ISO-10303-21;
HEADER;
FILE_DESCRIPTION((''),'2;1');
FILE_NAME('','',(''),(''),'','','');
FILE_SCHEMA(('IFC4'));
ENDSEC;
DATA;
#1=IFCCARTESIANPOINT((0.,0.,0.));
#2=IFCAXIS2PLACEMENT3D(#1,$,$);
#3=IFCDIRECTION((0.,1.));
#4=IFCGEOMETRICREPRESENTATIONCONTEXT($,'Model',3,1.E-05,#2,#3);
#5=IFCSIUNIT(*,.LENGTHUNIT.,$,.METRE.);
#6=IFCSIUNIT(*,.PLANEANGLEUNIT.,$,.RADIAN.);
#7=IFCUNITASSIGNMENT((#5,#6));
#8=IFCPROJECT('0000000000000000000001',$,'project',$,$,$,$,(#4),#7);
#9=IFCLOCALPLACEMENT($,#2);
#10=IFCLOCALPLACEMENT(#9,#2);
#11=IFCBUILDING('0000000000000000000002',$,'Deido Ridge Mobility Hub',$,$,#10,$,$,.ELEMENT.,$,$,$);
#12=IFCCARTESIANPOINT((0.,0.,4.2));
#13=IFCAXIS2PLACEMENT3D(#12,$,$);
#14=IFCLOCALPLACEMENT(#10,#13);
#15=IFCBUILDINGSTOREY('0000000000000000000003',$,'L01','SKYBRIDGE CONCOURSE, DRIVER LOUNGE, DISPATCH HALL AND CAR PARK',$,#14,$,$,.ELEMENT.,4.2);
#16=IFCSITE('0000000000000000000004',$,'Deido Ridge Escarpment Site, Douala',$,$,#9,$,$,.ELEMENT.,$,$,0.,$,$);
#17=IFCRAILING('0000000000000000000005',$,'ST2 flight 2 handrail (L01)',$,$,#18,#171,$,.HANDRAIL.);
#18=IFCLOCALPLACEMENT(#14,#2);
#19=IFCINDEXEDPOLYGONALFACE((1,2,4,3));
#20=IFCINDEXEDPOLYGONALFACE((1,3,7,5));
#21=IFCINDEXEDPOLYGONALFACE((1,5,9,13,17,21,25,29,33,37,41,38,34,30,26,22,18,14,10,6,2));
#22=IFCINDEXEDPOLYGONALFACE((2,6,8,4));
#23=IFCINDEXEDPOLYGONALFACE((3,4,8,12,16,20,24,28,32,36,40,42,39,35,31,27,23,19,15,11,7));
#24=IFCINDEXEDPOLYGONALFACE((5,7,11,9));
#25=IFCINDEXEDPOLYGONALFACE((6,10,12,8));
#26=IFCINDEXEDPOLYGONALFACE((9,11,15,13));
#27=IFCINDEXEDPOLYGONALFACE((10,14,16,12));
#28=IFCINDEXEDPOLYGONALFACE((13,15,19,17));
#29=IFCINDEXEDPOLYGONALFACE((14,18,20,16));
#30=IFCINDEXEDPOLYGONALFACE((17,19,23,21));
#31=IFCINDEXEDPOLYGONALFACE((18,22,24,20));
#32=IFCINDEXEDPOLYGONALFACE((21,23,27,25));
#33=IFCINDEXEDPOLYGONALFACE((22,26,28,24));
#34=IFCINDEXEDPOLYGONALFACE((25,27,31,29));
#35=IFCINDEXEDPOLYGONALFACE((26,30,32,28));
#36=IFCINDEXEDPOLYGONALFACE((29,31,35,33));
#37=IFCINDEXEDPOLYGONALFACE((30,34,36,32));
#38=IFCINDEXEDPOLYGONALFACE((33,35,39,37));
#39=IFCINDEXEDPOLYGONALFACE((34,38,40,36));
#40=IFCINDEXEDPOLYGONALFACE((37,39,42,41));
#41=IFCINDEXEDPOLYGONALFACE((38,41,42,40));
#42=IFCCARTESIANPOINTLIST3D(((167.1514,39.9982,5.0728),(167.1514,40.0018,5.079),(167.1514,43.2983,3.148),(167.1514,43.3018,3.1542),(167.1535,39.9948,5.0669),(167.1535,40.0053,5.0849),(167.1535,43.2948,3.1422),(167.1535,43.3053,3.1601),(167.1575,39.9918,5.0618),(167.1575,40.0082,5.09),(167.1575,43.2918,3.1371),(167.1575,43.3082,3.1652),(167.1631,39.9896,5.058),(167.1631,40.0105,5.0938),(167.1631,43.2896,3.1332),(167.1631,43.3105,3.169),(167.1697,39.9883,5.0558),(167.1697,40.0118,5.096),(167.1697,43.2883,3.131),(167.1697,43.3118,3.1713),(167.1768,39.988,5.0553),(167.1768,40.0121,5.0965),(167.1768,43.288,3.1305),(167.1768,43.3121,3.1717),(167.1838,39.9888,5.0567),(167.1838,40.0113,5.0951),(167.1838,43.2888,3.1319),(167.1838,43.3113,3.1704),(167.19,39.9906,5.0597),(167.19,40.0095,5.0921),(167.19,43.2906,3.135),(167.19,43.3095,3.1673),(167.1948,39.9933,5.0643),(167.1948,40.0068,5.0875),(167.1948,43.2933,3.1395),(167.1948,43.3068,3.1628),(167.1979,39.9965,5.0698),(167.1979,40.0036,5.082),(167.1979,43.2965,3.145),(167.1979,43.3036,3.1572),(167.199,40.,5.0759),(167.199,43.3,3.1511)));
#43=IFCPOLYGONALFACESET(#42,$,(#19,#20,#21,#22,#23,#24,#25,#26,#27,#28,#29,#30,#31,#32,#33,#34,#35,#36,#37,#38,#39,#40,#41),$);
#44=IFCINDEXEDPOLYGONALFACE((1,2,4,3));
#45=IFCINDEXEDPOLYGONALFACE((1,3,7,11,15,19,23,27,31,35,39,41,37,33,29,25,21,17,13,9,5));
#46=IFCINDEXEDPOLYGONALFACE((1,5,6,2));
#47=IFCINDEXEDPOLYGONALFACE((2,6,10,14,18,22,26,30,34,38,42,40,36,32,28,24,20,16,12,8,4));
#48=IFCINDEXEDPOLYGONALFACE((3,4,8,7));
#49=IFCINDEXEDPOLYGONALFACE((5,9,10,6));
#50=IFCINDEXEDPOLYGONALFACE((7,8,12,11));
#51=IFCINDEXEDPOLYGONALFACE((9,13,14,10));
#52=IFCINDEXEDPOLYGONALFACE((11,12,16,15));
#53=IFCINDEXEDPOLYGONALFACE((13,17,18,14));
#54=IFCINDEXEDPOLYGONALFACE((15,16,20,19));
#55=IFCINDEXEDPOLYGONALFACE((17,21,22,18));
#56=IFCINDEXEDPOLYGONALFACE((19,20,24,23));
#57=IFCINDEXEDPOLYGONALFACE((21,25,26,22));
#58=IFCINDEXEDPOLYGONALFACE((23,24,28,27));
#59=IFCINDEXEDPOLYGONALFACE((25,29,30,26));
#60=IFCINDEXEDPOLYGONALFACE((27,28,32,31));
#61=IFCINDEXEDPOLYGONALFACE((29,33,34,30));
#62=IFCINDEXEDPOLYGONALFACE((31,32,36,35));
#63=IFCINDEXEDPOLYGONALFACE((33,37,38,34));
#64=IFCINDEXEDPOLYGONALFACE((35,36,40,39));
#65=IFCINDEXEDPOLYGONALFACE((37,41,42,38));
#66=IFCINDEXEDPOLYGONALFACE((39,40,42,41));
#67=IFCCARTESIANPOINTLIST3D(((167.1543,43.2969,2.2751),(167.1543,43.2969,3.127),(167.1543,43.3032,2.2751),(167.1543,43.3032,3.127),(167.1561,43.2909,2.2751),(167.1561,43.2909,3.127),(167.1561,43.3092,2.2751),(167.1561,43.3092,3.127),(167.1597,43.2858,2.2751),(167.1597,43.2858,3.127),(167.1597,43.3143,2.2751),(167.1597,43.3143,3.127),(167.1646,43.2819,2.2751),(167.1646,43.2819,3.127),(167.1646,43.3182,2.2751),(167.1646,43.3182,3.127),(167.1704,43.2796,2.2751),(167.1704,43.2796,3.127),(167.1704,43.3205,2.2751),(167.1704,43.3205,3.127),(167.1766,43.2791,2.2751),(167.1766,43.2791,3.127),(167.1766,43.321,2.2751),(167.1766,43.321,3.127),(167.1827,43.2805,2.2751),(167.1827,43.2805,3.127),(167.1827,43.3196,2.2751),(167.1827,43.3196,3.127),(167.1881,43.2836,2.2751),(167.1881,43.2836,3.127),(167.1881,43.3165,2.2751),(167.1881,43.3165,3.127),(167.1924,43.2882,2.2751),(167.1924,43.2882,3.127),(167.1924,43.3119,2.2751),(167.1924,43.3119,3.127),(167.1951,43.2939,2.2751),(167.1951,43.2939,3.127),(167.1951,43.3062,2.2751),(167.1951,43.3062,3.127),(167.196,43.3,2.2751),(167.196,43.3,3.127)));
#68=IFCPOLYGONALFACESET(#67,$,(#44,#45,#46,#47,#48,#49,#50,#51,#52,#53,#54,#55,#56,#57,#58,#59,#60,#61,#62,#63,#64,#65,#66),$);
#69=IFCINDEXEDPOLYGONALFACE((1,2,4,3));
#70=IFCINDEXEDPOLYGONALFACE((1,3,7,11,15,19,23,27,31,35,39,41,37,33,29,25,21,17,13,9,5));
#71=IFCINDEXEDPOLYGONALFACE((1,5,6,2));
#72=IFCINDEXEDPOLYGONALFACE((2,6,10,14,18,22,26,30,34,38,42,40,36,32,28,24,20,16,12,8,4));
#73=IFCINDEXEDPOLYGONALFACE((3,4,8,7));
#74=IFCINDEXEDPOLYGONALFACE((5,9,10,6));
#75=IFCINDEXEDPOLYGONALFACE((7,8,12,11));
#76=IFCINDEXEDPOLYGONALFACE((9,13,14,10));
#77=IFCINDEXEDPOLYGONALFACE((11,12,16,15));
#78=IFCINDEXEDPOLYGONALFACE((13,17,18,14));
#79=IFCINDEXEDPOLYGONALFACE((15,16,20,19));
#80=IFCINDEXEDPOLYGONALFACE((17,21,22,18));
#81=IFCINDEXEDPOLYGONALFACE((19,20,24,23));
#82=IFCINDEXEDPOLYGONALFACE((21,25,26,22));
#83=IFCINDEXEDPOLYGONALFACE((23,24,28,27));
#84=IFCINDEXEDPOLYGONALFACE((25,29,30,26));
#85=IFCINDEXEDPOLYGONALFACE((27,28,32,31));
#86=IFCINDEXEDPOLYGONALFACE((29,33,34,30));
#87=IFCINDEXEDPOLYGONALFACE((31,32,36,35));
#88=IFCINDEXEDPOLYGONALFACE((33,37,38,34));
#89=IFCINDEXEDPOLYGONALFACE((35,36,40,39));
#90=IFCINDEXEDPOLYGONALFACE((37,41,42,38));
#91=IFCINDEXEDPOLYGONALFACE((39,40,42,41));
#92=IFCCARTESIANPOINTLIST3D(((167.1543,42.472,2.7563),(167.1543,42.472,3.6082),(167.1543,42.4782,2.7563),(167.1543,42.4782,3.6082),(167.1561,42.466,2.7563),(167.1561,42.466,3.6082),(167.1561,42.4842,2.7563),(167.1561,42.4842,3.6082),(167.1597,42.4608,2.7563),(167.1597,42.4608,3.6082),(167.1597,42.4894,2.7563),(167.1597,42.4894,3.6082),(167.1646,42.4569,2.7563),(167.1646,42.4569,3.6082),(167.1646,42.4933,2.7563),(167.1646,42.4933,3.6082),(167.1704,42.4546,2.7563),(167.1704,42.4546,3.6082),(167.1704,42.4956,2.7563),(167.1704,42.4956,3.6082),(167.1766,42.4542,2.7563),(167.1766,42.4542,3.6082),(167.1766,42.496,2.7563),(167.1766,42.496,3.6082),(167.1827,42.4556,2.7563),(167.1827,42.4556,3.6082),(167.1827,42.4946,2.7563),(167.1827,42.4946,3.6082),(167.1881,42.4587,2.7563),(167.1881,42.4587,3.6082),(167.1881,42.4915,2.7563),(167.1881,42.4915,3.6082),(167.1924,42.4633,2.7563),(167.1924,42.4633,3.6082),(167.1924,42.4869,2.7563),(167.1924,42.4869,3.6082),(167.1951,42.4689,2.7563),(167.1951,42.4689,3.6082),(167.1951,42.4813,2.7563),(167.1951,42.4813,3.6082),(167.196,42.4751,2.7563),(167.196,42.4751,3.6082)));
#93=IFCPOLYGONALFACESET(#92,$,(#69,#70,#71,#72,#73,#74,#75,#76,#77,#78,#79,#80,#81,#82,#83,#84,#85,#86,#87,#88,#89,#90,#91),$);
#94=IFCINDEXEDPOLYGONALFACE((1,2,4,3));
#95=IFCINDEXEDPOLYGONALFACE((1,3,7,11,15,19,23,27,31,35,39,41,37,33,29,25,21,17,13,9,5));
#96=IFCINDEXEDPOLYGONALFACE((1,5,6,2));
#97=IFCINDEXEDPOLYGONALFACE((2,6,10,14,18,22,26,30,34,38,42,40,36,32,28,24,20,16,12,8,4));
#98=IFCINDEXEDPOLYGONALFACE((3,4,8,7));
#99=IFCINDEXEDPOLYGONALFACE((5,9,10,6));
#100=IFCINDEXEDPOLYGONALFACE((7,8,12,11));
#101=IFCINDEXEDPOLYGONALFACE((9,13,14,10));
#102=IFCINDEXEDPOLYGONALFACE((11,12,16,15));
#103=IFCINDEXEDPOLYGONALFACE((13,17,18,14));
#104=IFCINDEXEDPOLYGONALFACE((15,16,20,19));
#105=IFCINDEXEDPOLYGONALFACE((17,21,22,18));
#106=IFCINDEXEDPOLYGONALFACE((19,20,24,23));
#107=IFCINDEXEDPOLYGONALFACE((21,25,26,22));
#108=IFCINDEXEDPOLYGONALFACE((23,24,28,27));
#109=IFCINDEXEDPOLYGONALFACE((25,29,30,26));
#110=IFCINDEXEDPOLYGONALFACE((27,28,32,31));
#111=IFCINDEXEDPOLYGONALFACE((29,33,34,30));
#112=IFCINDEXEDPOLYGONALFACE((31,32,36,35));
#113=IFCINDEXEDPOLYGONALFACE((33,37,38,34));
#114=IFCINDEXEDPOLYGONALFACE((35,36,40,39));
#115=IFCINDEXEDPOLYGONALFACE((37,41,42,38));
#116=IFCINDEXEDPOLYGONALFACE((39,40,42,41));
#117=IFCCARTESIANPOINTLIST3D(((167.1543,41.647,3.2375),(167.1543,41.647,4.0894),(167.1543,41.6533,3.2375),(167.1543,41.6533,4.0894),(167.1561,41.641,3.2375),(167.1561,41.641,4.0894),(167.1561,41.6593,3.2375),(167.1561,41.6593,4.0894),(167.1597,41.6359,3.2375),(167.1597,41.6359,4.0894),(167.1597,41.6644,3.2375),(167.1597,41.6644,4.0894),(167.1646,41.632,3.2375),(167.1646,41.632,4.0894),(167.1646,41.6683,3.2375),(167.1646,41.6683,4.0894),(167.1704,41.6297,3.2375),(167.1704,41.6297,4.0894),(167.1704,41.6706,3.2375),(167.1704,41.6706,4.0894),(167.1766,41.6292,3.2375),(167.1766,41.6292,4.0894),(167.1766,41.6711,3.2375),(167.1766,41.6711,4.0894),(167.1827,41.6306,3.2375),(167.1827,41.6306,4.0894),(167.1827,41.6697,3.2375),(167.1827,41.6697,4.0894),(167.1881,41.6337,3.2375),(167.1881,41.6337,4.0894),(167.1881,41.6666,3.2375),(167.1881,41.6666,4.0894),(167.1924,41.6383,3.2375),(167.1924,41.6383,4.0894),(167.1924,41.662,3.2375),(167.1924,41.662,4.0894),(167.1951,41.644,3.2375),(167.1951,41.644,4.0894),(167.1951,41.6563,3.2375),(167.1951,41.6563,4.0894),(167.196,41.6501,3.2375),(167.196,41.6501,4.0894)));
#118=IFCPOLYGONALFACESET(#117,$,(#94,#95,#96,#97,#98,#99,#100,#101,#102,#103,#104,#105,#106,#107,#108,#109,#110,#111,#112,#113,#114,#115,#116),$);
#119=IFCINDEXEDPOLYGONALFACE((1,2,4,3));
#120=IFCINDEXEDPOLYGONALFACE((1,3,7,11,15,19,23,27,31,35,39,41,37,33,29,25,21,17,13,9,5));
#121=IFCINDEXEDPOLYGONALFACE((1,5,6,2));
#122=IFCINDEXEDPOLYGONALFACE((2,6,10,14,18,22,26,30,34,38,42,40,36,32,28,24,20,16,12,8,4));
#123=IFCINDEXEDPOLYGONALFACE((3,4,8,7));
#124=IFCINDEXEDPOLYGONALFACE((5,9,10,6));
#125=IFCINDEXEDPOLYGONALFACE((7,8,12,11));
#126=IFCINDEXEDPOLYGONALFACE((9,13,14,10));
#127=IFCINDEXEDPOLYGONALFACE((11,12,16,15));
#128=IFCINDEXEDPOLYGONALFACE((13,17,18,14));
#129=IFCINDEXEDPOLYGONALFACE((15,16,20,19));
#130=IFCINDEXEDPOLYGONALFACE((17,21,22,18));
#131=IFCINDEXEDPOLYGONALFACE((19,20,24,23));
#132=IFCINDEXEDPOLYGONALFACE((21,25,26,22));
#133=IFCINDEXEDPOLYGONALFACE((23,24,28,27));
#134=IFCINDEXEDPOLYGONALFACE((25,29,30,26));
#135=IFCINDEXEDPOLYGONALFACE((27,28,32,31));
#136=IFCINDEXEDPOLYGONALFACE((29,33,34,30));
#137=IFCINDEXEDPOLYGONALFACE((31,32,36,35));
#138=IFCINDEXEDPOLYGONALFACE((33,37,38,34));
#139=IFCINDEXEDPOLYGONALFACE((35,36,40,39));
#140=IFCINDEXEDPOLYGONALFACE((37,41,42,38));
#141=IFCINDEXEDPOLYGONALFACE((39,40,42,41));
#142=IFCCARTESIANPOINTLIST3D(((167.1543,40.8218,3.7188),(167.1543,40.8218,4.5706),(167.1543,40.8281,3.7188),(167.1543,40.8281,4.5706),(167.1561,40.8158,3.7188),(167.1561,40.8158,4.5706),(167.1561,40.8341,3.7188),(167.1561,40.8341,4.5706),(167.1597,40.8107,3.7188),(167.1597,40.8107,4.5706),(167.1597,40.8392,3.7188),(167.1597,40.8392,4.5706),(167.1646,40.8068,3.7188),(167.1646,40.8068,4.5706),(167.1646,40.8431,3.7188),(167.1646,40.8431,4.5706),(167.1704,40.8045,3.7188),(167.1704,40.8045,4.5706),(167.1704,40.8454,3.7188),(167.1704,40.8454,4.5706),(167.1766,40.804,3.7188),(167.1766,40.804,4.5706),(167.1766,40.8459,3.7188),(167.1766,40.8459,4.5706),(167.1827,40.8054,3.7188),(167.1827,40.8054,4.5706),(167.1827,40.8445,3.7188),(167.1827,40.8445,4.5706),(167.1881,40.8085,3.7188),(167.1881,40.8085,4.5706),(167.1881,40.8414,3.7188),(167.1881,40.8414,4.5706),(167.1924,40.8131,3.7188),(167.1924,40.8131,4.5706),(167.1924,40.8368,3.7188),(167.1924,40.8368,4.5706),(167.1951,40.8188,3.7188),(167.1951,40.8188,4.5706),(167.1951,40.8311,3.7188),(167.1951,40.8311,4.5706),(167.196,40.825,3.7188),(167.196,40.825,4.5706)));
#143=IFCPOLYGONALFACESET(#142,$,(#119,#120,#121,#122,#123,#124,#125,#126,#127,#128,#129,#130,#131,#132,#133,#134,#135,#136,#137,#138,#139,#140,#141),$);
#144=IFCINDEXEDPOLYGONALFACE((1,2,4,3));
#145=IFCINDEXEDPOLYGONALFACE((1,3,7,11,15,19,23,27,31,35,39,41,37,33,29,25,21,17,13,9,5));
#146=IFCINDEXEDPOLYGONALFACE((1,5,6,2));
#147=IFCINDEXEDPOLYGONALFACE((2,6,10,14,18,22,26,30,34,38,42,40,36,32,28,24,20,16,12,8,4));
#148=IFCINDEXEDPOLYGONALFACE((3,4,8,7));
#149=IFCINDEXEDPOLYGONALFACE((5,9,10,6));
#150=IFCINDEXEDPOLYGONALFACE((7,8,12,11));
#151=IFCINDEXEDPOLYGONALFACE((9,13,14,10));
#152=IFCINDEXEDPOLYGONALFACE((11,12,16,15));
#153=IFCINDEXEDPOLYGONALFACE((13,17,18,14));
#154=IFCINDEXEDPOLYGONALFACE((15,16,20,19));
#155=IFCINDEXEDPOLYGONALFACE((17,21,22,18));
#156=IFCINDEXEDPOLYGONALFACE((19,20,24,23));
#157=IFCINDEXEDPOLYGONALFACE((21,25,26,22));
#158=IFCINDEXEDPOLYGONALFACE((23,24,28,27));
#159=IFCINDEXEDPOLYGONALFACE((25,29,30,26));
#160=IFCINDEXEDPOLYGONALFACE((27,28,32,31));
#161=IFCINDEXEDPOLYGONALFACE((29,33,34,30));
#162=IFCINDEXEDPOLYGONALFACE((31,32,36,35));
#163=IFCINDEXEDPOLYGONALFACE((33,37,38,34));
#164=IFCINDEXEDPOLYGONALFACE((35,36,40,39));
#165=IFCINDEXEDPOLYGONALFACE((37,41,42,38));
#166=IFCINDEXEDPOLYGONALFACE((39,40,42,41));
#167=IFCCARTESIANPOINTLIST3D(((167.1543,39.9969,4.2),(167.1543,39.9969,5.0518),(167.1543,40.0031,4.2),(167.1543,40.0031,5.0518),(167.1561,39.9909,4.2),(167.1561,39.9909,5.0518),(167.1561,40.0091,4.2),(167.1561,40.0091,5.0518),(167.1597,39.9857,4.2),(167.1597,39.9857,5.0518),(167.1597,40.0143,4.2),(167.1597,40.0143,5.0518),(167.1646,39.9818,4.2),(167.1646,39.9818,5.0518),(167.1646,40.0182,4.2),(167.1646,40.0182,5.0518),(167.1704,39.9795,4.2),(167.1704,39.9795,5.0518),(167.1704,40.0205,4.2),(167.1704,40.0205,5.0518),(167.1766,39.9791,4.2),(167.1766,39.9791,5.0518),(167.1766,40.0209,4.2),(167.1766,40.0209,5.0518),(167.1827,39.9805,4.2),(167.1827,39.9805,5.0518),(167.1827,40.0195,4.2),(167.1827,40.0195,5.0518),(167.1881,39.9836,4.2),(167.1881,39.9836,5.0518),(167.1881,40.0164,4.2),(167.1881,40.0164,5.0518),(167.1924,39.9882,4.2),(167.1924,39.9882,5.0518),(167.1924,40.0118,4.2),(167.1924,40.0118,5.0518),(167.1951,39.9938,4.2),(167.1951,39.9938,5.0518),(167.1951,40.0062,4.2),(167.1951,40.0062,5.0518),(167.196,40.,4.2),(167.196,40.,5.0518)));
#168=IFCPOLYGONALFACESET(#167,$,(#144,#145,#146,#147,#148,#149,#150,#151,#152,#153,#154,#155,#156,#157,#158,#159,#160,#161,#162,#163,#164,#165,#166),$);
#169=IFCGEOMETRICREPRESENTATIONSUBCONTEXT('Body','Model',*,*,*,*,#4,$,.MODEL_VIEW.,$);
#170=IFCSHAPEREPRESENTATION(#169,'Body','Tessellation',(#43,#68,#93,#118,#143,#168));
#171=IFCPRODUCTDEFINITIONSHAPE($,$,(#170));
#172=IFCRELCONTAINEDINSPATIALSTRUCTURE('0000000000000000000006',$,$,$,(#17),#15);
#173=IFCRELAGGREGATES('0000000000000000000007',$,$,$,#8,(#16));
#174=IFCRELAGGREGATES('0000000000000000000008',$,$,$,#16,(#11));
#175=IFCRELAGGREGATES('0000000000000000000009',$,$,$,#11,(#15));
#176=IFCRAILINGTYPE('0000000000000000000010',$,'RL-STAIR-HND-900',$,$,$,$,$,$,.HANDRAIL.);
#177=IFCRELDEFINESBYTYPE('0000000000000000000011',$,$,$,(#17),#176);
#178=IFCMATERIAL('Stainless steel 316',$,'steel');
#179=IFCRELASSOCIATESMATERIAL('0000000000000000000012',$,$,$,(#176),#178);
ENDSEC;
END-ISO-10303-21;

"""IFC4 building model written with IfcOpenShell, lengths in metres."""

from ifc_helpers import new_model, si_unit, direction, frame, origin, origin_2d, place, context, subcontext, project, spatial, circle, extrude, material, type_object, element, save


model = new_model("IFC4")

# Units and contexts
model_context = context("Model", 3, precision=1e-05, world=origin(), true_north=direction((0.0, 1.0)))
body_context = subcontext(model_context, "Body", "Model", "MODEL_VIEW")
ifc_project = project(units=[si_unit("LENGTHUNIT", "METRE"), si_unit("PLANEANGLEUNIT", "RADIAN")], contexts=[model_context])

# Site, building, storey
site_placement = place(None, origin())
site = spatial("IfcSite", under=ifc_project, at=site_placement, Name="Deido Ridge Escarpment Site, Douala", CompositionType="ELEMENT", RefElevation=0.0)
building_placement = place(site_placement, origin())
building = spatial("IfcBuilding", under=site, at=building_placement, Name="Deido Ridge Mobility Hub", CompositionType="ELEMENT")
storey_placement = place(building_placement, frame((0.0, 0.0, 4.2)))
storey = spatial("IfcBuildingStorey", under=building, at=storey_placement, Name="L01", Description="SKYBRIDGE CONCOURSE, DRIVER LOUNGE, DISPATCH HALL AND CAR PARK", CompositionType="ELEMENT", Elevation=4.2)

# Shared definitions
ifc_material_1 = material(Name="Stainless steel 316", Category="steel")

# Railing
railing_type_1 = type_object("IfcRailingType", Name="RL-STAIR-HND-900", PredefinedType="HANDRAIL", material=ifc_material_1)
railing_1_placement = place(storey_placement, frame((167.175, 43.3, 2.2751)))
element("IfcRailing", 1, at=railing_1_placement, inside=storey, type_object=railing_type_1, Name="ST2 flight 2 handrail (L01)", PredefinedType="HANDRAIL", context=body_context, shape_type="SweptSolid", body=[
    extrude(circle(Radius=0.0239, at=origin_2d()), frame((0.0, 0.0, 0.876), z_axis=(0.0, -0.863804, 0.503827), x_axis=(1.0, 0.0, 0.0)), (0.0, 0.0, 1.0), 3.8203),
    extrude(circle(Radius=0.021, at=origin_2d()), origin(), (0.0, 0.0, 1.0), 0.8518),
    extrude(circle(Radius=0.021, at=origin_2d()), frame((0.0, -0.825, 0.4812)), (0.0, 0.0, 1.0), 0.8518),
    extrude(circle(Radius=0.021, at=origin_2d()), frame((0.0, -1.6499, 0.9624)), (0.0, 0.0, 1.0), 0.8518),
    extrude(circle(Radius=0.021, at=origin_2d()), frame((0.0, -2.4751, 1.4436)), (0.0, 0.0, 1.0), 0.8518),
    extrude(circle(Radius=0.021, at=origin_2d()), frame((0.0, -3.3, 1.9248)), (0.0, 0.0, 1.0), 0.8518),
])

save(model, "model.ifc")
